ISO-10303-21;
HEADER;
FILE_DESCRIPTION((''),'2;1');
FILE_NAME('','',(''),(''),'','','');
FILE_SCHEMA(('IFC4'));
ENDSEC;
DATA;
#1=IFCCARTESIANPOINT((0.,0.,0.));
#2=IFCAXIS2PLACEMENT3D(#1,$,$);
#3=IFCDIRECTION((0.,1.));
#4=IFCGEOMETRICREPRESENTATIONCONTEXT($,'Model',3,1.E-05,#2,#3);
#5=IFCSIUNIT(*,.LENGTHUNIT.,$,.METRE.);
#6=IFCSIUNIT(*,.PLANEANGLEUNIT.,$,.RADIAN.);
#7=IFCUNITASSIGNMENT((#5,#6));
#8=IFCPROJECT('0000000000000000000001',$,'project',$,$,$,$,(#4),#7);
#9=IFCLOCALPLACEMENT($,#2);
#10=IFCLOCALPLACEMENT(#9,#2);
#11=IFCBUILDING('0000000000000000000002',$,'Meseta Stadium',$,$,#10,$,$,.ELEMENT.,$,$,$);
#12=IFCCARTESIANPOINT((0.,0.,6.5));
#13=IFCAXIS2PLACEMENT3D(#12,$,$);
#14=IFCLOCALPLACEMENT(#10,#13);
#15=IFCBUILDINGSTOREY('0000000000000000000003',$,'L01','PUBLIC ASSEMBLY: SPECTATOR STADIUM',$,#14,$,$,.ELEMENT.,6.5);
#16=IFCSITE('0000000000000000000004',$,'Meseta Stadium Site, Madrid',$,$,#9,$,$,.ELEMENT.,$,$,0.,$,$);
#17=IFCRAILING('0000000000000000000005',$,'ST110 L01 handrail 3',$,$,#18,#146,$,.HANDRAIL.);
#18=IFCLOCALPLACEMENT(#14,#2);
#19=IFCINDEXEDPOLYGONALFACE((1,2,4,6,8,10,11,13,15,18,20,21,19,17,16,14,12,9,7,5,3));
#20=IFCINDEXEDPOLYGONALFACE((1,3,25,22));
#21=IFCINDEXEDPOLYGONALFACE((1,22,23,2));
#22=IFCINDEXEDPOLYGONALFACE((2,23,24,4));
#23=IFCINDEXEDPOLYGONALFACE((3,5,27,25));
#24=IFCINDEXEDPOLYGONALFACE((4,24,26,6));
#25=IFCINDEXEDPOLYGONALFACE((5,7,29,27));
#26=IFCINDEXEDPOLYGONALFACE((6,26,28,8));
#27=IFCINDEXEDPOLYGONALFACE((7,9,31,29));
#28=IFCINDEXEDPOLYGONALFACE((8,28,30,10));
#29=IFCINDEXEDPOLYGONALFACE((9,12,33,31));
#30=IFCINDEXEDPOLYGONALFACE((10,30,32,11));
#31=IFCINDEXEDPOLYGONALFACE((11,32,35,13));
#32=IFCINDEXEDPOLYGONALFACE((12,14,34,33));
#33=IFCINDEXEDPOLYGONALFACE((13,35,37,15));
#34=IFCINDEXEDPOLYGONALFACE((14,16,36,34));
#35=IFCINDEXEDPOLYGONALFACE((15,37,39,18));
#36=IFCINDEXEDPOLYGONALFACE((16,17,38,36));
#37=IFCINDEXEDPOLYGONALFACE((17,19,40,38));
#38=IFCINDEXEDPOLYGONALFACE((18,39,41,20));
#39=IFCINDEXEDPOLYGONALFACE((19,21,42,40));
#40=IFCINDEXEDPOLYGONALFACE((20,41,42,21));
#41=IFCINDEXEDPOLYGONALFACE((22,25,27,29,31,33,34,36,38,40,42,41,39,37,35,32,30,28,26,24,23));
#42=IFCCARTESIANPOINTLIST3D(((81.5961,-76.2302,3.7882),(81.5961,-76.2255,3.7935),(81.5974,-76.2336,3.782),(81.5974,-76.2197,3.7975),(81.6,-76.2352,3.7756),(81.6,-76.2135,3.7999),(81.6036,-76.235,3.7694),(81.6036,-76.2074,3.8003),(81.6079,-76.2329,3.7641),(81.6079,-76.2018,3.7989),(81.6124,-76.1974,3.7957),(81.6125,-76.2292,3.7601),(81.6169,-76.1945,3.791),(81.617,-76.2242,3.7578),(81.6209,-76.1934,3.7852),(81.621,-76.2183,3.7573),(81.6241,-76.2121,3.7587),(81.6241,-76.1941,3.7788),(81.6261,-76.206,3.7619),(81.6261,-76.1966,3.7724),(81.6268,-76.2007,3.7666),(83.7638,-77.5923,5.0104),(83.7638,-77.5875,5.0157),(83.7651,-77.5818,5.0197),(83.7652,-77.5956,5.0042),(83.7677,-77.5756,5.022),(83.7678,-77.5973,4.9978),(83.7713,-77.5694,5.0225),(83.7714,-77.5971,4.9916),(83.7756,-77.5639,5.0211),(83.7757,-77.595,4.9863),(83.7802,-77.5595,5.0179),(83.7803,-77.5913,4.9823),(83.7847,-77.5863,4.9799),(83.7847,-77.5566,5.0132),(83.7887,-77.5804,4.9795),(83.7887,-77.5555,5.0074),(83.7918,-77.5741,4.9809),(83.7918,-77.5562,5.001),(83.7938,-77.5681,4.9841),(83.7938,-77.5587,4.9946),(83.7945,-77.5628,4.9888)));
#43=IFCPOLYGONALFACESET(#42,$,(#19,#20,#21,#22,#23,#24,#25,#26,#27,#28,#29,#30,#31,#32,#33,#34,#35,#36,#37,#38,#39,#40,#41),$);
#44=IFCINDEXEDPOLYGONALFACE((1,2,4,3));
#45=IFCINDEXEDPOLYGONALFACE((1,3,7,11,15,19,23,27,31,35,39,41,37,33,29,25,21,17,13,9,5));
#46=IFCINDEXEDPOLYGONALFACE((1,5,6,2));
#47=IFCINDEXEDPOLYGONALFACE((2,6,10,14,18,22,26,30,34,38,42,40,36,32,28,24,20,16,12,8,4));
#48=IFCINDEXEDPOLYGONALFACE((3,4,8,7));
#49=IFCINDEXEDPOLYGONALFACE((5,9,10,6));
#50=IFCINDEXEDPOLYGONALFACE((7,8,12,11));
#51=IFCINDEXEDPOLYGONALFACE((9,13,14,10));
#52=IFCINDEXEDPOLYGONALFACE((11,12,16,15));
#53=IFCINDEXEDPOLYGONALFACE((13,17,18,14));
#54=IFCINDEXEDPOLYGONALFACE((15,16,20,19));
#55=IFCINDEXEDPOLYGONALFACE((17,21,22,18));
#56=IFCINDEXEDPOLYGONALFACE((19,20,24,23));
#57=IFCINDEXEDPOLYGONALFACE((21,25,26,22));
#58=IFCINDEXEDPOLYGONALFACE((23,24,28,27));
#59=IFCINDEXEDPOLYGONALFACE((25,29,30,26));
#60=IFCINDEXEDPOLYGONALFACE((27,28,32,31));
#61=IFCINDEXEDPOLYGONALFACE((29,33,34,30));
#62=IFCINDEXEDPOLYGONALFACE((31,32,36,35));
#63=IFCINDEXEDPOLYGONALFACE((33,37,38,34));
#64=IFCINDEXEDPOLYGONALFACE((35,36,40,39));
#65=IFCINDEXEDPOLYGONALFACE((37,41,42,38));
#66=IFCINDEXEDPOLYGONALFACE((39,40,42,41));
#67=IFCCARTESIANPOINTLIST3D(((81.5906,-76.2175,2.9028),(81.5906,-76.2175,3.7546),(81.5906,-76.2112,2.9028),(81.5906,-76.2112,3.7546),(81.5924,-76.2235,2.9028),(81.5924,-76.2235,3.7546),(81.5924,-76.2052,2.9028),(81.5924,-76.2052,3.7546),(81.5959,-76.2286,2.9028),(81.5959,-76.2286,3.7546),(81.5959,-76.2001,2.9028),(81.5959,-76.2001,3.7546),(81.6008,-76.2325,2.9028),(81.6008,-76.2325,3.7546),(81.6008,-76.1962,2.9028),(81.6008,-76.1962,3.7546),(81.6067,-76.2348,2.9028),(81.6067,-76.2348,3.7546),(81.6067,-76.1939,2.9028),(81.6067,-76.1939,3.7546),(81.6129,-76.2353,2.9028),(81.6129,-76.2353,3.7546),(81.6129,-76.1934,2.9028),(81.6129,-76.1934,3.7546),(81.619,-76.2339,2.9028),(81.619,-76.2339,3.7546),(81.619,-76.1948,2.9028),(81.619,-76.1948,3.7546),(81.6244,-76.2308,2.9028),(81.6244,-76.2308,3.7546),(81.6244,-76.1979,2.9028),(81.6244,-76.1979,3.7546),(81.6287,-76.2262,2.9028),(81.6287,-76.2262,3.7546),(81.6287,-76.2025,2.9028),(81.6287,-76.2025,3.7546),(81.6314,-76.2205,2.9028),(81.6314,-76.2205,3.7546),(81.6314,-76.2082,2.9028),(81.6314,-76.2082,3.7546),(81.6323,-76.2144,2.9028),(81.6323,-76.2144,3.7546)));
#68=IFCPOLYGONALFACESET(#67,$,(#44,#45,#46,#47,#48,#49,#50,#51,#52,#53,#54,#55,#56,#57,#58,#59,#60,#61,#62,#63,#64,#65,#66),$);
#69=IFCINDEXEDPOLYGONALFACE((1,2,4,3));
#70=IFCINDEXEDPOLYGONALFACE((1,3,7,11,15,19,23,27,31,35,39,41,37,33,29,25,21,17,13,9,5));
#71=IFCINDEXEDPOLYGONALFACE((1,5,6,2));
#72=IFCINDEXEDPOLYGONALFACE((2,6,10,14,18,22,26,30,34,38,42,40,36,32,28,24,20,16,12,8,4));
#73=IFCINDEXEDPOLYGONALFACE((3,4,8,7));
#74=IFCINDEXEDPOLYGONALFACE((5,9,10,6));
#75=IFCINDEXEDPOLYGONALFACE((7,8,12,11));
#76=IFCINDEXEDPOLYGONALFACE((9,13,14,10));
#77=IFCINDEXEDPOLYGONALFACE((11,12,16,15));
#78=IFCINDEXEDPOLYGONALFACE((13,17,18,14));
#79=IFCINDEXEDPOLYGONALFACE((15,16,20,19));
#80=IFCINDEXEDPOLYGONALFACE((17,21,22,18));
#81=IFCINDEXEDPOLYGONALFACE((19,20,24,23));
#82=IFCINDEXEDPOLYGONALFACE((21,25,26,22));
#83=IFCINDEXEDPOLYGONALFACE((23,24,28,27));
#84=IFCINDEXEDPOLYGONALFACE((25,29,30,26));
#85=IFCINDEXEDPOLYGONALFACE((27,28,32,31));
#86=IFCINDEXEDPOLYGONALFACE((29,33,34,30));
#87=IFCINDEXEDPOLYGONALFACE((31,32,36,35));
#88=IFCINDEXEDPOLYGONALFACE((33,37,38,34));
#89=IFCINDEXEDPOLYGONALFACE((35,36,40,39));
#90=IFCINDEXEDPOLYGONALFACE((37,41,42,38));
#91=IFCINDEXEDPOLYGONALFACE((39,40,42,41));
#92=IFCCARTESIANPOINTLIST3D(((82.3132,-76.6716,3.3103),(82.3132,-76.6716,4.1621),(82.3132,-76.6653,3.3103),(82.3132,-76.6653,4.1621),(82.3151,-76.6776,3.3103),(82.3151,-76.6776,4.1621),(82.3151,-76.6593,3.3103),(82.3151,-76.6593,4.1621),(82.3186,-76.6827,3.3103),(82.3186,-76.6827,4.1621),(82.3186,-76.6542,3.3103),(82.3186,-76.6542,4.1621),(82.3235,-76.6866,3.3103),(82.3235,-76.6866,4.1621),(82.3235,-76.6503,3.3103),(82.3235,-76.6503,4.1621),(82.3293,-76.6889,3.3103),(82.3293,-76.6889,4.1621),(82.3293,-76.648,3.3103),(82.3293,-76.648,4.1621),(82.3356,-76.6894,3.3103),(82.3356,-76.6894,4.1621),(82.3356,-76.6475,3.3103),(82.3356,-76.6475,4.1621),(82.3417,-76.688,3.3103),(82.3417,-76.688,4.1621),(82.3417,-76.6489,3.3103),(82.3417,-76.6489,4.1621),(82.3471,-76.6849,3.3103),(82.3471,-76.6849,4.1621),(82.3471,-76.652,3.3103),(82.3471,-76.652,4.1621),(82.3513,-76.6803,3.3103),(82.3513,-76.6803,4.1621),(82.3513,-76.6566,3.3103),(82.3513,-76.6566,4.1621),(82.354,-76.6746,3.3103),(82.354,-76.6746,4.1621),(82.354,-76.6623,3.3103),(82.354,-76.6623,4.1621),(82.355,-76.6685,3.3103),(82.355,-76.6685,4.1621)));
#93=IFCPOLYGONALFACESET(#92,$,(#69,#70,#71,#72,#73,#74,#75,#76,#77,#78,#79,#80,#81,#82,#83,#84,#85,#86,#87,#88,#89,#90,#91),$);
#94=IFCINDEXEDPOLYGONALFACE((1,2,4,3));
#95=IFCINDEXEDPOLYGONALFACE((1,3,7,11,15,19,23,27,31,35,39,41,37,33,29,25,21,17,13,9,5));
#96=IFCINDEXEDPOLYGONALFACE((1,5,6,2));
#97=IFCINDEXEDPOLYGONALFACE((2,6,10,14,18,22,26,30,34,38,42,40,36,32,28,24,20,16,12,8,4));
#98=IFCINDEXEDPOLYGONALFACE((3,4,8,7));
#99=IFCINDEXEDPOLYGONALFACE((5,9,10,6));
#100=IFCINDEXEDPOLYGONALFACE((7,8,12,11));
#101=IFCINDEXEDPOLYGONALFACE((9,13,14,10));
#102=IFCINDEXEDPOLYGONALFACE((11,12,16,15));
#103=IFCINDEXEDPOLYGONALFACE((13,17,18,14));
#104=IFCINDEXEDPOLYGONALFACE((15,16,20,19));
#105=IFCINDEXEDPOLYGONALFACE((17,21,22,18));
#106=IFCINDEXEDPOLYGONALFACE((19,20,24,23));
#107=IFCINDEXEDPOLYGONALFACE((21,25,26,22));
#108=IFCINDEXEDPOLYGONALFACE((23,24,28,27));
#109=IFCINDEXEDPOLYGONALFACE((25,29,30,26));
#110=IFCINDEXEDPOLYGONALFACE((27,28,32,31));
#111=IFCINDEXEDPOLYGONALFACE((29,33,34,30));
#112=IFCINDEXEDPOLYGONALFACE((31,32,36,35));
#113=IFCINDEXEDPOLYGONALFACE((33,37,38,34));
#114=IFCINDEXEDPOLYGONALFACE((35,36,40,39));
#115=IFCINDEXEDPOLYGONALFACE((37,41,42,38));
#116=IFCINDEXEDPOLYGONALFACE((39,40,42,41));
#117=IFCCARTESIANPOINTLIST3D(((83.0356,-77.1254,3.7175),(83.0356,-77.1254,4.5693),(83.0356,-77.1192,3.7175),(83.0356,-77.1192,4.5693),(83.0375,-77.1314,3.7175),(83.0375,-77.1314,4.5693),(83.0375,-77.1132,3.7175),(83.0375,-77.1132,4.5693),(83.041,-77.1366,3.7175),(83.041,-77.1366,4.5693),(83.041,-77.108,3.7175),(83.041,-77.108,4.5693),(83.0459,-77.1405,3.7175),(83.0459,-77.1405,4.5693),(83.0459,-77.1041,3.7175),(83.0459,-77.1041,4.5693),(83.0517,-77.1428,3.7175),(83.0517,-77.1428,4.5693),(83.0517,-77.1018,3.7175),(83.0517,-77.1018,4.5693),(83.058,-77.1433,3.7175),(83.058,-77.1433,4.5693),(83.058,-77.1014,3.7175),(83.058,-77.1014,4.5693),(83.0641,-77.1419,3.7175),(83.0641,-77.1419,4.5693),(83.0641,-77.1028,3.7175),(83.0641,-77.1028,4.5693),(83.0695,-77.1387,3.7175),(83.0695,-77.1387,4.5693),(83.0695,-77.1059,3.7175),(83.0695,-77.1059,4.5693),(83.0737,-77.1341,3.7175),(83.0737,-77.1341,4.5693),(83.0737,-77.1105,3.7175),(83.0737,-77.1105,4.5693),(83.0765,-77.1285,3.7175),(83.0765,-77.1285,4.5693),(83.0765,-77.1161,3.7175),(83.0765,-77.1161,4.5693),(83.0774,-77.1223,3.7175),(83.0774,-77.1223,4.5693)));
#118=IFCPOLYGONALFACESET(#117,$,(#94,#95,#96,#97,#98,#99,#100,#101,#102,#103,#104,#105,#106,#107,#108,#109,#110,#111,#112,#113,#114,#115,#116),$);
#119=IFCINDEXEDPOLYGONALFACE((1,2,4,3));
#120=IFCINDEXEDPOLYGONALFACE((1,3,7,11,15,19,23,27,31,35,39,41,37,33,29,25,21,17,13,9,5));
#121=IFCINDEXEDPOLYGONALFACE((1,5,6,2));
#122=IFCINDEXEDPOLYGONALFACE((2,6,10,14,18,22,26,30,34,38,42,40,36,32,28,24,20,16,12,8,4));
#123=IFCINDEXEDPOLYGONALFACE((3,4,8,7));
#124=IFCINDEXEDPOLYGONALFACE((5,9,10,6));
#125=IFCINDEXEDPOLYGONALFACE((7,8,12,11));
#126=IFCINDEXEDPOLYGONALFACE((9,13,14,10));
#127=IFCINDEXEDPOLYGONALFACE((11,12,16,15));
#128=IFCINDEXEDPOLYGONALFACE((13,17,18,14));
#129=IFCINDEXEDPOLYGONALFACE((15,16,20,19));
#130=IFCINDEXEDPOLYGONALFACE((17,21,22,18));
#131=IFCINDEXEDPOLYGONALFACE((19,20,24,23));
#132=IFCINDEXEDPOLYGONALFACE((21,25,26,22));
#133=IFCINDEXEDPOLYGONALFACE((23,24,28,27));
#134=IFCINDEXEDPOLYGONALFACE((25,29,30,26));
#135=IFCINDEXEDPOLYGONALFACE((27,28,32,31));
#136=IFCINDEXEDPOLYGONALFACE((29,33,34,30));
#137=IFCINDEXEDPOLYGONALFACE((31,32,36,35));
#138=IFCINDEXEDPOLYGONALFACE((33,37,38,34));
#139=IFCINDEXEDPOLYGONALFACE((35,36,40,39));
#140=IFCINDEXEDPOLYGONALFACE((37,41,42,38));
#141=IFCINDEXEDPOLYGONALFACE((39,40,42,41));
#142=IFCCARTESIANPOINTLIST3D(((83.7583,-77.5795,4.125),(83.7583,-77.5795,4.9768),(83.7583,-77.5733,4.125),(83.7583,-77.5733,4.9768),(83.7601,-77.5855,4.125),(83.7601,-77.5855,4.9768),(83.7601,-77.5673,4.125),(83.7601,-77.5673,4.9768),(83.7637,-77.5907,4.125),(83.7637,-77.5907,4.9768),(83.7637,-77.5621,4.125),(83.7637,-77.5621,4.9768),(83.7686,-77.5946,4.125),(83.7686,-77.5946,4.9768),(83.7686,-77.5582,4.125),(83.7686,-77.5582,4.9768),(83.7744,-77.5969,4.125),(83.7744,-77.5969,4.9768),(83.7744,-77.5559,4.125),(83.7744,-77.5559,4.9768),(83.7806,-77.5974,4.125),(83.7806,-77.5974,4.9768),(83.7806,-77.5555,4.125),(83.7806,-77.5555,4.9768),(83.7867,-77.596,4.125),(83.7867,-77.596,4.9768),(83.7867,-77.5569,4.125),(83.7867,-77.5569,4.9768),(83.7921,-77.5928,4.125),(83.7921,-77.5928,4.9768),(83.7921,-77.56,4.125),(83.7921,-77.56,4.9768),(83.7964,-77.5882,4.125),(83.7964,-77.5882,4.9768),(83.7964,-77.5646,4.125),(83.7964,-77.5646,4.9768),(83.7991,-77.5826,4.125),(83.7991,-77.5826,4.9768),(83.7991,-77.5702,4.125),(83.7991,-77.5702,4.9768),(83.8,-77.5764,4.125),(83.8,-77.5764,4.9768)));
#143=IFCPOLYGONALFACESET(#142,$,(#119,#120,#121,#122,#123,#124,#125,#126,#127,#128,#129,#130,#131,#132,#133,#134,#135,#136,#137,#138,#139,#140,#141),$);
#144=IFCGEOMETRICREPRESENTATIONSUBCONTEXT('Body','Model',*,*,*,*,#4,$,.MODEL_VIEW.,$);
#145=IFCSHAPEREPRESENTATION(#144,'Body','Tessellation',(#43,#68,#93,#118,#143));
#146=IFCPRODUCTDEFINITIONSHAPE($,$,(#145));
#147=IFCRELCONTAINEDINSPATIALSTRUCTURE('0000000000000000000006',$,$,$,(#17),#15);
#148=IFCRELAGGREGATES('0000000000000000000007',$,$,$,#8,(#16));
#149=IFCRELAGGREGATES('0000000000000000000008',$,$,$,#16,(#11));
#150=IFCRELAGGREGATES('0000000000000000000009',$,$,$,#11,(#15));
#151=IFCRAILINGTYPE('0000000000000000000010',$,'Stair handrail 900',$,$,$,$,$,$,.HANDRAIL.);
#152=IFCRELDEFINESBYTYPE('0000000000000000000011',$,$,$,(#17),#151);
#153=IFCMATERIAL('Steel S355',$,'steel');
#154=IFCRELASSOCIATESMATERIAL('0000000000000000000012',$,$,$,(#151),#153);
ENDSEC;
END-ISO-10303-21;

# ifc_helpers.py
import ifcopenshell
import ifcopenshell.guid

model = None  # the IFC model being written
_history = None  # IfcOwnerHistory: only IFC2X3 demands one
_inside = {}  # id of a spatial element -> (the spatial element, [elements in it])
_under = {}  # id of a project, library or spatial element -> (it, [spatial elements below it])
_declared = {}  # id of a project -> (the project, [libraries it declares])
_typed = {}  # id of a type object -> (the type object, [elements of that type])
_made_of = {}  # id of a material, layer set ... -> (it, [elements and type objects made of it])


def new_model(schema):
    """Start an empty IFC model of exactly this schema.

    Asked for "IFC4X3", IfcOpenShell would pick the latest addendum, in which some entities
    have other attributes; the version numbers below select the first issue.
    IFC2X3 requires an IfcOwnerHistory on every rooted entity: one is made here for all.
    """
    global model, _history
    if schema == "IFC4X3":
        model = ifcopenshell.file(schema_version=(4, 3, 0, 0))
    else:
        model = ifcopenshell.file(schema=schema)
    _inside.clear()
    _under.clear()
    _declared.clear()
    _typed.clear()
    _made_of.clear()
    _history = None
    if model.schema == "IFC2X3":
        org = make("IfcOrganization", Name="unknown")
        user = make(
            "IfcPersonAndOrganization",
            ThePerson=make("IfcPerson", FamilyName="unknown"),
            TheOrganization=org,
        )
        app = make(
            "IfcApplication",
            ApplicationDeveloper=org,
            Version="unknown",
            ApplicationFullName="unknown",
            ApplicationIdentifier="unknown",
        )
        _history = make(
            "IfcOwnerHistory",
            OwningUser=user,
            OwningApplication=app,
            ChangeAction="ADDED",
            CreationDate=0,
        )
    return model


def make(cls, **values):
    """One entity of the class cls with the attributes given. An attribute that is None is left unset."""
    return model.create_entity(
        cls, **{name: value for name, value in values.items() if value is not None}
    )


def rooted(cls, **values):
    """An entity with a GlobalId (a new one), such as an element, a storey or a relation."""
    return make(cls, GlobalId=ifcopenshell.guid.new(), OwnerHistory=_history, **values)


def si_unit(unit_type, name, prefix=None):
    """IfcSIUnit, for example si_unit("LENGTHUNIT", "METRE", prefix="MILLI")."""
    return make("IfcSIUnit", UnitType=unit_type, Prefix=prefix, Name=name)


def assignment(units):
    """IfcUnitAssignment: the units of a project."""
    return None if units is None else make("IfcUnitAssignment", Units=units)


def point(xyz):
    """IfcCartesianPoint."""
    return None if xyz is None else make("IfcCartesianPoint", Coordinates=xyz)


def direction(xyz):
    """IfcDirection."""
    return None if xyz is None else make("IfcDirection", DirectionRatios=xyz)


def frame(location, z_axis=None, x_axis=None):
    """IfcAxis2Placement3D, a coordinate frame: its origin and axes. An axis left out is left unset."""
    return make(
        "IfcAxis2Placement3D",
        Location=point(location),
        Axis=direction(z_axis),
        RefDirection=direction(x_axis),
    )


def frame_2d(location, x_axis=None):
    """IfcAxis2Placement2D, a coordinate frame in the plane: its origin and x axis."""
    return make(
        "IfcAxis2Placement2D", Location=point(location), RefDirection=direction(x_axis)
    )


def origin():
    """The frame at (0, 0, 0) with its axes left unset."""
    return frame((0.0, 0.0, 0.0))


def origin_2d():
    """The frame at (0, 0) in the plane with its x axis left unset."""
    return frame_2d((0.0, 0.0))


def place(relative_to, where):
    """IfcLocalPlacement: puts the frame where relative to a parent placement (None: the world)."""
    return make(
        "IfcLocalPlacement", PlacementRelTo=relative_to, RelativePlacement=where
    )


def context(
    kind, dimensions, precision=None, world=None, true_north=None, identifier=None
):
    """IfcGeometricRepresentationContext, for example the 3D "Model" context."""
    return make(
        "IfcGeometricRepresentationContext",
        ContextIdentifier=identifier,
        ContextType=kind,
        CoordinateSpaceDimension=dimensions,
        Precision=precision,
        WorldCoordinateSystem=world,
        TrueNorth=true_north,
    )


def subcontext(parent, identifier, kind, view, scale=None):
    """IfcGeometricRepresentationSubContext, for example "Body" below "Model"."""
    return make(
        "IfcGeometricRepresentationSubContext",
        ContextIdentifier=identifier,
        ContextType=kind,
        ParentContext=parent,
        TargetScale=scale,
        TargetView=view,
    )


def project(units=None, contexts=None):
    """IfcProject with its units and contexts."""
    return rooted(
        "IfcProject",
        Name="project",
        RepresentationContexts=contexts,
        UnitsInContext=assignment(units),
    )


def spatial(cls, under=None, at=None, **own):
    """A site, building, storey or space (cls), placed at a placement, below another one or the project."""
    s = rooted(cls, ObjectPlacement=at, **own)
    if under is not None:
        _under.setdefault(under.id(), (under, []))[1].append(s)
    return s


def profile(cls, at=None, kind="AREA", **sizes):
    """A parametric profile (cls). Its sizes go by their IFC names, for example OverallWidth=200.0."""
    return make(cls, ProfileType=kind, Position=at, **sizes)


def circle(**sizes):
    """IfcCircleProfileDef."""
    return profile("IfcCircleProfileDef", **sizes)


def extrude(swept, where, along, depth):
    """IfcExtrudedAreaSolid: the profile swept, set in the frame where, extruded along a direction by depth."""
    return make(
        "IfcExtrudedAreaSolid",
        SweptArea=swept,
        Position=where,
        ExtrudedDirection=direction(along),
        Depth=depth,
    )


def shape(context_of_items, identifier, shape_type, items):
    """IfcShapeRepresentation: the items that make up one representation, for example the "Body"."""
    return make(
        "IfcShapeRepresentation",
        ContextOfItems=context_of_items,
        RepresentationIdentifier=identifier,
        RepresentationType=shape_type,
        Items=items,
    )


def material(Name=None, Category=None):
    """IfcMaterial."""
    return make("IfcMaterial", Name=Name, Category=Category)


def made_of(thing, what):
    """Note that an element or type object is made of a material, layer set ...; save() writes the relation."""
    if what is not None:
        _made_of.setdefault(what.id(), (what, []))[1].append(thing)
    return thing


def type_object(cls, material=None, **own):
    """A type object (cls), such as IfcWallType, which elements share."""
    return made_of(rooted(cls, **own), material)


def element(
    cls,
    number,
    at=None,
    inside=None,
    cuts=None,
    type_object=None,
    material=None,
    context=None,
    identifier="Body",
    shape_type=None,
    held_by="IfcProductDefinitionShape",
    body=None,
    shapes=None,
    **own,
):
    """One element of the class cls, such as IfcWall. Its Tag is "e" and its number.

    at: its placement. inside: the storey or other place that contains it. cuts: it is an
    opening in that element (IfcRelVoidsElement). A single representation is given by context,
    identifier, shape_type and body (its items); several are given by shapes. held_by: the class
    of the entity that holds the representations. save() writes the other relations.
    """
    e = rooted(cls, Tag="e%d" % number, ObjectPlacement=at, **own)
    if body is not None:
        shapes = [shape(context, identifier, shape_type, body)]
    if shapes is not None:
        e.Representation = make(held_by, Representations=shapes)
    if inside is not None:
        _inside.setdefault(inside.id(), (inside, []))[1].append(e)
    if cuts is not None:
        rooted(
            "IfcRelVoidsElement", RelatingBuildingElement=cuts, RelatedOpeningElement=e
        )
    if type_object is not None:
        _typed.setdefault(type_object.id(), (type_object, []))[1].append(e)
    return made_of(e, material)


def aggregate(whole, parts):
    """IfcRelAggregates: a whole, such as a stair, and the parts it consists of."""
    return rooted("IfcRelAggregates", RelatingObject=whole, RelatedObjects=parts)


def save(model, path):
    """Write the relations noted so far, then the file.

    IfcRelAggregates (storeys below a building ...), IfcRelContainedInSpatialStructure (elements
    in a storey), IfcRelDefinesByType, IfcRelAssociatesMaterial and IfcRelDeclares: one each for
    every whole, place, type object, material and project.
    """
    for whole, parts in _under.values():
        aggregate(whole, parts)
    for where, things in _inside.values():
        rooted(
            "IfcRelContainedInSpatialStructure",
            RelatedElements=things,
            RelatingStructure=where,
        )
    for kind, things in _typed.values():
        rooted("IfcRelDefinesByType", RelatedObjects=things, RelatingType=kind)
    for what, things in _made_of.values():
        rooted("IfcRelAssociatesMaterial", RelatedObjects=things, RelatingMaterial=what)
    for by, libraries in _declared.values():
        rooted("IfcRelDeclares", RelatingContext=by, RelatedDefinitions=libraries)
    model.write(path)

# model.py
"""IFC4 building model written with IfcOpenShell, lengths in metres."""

from ifc_helpers import new_model, si_unit, direction, frame, origin, origin_2d, place, context, subcontext, project, spatial, circle, extrude, material, type_object, element, save


model = new_model("IFC4")

# Units and contexts
model_context = context("Model", 3, precision=1e-05, world=origin(), true_north=direction((0.0, 1.0)))
body_context = subcontext(model_context, "Body", "Model", "MODEL_VIEW")
ifc_project = project(units=[si_unit("LENGTHUNIT", "METRE"), si_unit("PLANEANGLEUNIT", "RADIAN")], contexts=[model_context])

# Site, building, storey
site_placement = place(None, origin())
site = spatial("IfcSite", under=ifc_project, at=site_placement, Name="Meseta Stadium Site, Madrid", CompositionType="ELEMENT", RefElevation=0.0)
building_placement = place(site_placement, origin())
building = spatial("IfcBuilding", under=site, at=building_placement, Name="Meseta Stadium", CompositionType="ELEMENT")
storey_placement = place(building_placement, frame((0.0, 0.0, 6.5)))
storey = spatial("IfcBuildingStorey", under=building, at=storey_placement, Name="L01", Description="PUBLIC ASSEMBLY: SPECTATOR STADIUM", CompositionType="ELEMENT", Elevation=6.5)

# Railing
ifc_material_1 = material(Name="Steel S355", Category="steel")
railing_type_1 = type_object("IfcRailingType", Name="Stair handrail 900", PredefinedType="HANDRAIL", material=ifc_material_1)
for number, where, name in (
    (1, (81.6113, -76.2144, 2.9028), "ST110 L01 handrail 3"),
):
    element("IfcRailing", number, at=place(storey_placement, frame(where)), inside=storey, type_object=railing_type_1, Name=name, PredefinedType="HANDRAIL", context=body_context, shape_type="SweptSolid", body=[
        extrude(circle(Radius=0.0239, at=origin_2d()), frame((0.0, 0.0, 0.876), z_axis=(0.764121, -0.480125, 0.430813), x_axis=(0.532029, 0.846726, 0.0)), (0.0, 0.0, 1.0), 2.8369),
        extrude(circle(Radius=0.021, at=origin_2d()), origin(), (0.0, 0.0, 1.0), 0.8518),
        extrude(circle(Radius=0.021, at=origin_2d()), frame((0.7227, -0.4541, 0.4075)), (0.0, 0.0, 1.0), 0.8518),
        extrude(circle(Radius=0.021, at=origin_2d()), frame((1.4451, -0.908, 0.8147)), (0.0, 0.0, 1.0), 0.8518),
        extrude(circle(Radius=0.021, at=origin_2d()), frame((2.1677, -1.3621, 1.2222)), (0.0, 0.0, 1.0), 0.8518),
    ])

save(model, "model.ifc")
